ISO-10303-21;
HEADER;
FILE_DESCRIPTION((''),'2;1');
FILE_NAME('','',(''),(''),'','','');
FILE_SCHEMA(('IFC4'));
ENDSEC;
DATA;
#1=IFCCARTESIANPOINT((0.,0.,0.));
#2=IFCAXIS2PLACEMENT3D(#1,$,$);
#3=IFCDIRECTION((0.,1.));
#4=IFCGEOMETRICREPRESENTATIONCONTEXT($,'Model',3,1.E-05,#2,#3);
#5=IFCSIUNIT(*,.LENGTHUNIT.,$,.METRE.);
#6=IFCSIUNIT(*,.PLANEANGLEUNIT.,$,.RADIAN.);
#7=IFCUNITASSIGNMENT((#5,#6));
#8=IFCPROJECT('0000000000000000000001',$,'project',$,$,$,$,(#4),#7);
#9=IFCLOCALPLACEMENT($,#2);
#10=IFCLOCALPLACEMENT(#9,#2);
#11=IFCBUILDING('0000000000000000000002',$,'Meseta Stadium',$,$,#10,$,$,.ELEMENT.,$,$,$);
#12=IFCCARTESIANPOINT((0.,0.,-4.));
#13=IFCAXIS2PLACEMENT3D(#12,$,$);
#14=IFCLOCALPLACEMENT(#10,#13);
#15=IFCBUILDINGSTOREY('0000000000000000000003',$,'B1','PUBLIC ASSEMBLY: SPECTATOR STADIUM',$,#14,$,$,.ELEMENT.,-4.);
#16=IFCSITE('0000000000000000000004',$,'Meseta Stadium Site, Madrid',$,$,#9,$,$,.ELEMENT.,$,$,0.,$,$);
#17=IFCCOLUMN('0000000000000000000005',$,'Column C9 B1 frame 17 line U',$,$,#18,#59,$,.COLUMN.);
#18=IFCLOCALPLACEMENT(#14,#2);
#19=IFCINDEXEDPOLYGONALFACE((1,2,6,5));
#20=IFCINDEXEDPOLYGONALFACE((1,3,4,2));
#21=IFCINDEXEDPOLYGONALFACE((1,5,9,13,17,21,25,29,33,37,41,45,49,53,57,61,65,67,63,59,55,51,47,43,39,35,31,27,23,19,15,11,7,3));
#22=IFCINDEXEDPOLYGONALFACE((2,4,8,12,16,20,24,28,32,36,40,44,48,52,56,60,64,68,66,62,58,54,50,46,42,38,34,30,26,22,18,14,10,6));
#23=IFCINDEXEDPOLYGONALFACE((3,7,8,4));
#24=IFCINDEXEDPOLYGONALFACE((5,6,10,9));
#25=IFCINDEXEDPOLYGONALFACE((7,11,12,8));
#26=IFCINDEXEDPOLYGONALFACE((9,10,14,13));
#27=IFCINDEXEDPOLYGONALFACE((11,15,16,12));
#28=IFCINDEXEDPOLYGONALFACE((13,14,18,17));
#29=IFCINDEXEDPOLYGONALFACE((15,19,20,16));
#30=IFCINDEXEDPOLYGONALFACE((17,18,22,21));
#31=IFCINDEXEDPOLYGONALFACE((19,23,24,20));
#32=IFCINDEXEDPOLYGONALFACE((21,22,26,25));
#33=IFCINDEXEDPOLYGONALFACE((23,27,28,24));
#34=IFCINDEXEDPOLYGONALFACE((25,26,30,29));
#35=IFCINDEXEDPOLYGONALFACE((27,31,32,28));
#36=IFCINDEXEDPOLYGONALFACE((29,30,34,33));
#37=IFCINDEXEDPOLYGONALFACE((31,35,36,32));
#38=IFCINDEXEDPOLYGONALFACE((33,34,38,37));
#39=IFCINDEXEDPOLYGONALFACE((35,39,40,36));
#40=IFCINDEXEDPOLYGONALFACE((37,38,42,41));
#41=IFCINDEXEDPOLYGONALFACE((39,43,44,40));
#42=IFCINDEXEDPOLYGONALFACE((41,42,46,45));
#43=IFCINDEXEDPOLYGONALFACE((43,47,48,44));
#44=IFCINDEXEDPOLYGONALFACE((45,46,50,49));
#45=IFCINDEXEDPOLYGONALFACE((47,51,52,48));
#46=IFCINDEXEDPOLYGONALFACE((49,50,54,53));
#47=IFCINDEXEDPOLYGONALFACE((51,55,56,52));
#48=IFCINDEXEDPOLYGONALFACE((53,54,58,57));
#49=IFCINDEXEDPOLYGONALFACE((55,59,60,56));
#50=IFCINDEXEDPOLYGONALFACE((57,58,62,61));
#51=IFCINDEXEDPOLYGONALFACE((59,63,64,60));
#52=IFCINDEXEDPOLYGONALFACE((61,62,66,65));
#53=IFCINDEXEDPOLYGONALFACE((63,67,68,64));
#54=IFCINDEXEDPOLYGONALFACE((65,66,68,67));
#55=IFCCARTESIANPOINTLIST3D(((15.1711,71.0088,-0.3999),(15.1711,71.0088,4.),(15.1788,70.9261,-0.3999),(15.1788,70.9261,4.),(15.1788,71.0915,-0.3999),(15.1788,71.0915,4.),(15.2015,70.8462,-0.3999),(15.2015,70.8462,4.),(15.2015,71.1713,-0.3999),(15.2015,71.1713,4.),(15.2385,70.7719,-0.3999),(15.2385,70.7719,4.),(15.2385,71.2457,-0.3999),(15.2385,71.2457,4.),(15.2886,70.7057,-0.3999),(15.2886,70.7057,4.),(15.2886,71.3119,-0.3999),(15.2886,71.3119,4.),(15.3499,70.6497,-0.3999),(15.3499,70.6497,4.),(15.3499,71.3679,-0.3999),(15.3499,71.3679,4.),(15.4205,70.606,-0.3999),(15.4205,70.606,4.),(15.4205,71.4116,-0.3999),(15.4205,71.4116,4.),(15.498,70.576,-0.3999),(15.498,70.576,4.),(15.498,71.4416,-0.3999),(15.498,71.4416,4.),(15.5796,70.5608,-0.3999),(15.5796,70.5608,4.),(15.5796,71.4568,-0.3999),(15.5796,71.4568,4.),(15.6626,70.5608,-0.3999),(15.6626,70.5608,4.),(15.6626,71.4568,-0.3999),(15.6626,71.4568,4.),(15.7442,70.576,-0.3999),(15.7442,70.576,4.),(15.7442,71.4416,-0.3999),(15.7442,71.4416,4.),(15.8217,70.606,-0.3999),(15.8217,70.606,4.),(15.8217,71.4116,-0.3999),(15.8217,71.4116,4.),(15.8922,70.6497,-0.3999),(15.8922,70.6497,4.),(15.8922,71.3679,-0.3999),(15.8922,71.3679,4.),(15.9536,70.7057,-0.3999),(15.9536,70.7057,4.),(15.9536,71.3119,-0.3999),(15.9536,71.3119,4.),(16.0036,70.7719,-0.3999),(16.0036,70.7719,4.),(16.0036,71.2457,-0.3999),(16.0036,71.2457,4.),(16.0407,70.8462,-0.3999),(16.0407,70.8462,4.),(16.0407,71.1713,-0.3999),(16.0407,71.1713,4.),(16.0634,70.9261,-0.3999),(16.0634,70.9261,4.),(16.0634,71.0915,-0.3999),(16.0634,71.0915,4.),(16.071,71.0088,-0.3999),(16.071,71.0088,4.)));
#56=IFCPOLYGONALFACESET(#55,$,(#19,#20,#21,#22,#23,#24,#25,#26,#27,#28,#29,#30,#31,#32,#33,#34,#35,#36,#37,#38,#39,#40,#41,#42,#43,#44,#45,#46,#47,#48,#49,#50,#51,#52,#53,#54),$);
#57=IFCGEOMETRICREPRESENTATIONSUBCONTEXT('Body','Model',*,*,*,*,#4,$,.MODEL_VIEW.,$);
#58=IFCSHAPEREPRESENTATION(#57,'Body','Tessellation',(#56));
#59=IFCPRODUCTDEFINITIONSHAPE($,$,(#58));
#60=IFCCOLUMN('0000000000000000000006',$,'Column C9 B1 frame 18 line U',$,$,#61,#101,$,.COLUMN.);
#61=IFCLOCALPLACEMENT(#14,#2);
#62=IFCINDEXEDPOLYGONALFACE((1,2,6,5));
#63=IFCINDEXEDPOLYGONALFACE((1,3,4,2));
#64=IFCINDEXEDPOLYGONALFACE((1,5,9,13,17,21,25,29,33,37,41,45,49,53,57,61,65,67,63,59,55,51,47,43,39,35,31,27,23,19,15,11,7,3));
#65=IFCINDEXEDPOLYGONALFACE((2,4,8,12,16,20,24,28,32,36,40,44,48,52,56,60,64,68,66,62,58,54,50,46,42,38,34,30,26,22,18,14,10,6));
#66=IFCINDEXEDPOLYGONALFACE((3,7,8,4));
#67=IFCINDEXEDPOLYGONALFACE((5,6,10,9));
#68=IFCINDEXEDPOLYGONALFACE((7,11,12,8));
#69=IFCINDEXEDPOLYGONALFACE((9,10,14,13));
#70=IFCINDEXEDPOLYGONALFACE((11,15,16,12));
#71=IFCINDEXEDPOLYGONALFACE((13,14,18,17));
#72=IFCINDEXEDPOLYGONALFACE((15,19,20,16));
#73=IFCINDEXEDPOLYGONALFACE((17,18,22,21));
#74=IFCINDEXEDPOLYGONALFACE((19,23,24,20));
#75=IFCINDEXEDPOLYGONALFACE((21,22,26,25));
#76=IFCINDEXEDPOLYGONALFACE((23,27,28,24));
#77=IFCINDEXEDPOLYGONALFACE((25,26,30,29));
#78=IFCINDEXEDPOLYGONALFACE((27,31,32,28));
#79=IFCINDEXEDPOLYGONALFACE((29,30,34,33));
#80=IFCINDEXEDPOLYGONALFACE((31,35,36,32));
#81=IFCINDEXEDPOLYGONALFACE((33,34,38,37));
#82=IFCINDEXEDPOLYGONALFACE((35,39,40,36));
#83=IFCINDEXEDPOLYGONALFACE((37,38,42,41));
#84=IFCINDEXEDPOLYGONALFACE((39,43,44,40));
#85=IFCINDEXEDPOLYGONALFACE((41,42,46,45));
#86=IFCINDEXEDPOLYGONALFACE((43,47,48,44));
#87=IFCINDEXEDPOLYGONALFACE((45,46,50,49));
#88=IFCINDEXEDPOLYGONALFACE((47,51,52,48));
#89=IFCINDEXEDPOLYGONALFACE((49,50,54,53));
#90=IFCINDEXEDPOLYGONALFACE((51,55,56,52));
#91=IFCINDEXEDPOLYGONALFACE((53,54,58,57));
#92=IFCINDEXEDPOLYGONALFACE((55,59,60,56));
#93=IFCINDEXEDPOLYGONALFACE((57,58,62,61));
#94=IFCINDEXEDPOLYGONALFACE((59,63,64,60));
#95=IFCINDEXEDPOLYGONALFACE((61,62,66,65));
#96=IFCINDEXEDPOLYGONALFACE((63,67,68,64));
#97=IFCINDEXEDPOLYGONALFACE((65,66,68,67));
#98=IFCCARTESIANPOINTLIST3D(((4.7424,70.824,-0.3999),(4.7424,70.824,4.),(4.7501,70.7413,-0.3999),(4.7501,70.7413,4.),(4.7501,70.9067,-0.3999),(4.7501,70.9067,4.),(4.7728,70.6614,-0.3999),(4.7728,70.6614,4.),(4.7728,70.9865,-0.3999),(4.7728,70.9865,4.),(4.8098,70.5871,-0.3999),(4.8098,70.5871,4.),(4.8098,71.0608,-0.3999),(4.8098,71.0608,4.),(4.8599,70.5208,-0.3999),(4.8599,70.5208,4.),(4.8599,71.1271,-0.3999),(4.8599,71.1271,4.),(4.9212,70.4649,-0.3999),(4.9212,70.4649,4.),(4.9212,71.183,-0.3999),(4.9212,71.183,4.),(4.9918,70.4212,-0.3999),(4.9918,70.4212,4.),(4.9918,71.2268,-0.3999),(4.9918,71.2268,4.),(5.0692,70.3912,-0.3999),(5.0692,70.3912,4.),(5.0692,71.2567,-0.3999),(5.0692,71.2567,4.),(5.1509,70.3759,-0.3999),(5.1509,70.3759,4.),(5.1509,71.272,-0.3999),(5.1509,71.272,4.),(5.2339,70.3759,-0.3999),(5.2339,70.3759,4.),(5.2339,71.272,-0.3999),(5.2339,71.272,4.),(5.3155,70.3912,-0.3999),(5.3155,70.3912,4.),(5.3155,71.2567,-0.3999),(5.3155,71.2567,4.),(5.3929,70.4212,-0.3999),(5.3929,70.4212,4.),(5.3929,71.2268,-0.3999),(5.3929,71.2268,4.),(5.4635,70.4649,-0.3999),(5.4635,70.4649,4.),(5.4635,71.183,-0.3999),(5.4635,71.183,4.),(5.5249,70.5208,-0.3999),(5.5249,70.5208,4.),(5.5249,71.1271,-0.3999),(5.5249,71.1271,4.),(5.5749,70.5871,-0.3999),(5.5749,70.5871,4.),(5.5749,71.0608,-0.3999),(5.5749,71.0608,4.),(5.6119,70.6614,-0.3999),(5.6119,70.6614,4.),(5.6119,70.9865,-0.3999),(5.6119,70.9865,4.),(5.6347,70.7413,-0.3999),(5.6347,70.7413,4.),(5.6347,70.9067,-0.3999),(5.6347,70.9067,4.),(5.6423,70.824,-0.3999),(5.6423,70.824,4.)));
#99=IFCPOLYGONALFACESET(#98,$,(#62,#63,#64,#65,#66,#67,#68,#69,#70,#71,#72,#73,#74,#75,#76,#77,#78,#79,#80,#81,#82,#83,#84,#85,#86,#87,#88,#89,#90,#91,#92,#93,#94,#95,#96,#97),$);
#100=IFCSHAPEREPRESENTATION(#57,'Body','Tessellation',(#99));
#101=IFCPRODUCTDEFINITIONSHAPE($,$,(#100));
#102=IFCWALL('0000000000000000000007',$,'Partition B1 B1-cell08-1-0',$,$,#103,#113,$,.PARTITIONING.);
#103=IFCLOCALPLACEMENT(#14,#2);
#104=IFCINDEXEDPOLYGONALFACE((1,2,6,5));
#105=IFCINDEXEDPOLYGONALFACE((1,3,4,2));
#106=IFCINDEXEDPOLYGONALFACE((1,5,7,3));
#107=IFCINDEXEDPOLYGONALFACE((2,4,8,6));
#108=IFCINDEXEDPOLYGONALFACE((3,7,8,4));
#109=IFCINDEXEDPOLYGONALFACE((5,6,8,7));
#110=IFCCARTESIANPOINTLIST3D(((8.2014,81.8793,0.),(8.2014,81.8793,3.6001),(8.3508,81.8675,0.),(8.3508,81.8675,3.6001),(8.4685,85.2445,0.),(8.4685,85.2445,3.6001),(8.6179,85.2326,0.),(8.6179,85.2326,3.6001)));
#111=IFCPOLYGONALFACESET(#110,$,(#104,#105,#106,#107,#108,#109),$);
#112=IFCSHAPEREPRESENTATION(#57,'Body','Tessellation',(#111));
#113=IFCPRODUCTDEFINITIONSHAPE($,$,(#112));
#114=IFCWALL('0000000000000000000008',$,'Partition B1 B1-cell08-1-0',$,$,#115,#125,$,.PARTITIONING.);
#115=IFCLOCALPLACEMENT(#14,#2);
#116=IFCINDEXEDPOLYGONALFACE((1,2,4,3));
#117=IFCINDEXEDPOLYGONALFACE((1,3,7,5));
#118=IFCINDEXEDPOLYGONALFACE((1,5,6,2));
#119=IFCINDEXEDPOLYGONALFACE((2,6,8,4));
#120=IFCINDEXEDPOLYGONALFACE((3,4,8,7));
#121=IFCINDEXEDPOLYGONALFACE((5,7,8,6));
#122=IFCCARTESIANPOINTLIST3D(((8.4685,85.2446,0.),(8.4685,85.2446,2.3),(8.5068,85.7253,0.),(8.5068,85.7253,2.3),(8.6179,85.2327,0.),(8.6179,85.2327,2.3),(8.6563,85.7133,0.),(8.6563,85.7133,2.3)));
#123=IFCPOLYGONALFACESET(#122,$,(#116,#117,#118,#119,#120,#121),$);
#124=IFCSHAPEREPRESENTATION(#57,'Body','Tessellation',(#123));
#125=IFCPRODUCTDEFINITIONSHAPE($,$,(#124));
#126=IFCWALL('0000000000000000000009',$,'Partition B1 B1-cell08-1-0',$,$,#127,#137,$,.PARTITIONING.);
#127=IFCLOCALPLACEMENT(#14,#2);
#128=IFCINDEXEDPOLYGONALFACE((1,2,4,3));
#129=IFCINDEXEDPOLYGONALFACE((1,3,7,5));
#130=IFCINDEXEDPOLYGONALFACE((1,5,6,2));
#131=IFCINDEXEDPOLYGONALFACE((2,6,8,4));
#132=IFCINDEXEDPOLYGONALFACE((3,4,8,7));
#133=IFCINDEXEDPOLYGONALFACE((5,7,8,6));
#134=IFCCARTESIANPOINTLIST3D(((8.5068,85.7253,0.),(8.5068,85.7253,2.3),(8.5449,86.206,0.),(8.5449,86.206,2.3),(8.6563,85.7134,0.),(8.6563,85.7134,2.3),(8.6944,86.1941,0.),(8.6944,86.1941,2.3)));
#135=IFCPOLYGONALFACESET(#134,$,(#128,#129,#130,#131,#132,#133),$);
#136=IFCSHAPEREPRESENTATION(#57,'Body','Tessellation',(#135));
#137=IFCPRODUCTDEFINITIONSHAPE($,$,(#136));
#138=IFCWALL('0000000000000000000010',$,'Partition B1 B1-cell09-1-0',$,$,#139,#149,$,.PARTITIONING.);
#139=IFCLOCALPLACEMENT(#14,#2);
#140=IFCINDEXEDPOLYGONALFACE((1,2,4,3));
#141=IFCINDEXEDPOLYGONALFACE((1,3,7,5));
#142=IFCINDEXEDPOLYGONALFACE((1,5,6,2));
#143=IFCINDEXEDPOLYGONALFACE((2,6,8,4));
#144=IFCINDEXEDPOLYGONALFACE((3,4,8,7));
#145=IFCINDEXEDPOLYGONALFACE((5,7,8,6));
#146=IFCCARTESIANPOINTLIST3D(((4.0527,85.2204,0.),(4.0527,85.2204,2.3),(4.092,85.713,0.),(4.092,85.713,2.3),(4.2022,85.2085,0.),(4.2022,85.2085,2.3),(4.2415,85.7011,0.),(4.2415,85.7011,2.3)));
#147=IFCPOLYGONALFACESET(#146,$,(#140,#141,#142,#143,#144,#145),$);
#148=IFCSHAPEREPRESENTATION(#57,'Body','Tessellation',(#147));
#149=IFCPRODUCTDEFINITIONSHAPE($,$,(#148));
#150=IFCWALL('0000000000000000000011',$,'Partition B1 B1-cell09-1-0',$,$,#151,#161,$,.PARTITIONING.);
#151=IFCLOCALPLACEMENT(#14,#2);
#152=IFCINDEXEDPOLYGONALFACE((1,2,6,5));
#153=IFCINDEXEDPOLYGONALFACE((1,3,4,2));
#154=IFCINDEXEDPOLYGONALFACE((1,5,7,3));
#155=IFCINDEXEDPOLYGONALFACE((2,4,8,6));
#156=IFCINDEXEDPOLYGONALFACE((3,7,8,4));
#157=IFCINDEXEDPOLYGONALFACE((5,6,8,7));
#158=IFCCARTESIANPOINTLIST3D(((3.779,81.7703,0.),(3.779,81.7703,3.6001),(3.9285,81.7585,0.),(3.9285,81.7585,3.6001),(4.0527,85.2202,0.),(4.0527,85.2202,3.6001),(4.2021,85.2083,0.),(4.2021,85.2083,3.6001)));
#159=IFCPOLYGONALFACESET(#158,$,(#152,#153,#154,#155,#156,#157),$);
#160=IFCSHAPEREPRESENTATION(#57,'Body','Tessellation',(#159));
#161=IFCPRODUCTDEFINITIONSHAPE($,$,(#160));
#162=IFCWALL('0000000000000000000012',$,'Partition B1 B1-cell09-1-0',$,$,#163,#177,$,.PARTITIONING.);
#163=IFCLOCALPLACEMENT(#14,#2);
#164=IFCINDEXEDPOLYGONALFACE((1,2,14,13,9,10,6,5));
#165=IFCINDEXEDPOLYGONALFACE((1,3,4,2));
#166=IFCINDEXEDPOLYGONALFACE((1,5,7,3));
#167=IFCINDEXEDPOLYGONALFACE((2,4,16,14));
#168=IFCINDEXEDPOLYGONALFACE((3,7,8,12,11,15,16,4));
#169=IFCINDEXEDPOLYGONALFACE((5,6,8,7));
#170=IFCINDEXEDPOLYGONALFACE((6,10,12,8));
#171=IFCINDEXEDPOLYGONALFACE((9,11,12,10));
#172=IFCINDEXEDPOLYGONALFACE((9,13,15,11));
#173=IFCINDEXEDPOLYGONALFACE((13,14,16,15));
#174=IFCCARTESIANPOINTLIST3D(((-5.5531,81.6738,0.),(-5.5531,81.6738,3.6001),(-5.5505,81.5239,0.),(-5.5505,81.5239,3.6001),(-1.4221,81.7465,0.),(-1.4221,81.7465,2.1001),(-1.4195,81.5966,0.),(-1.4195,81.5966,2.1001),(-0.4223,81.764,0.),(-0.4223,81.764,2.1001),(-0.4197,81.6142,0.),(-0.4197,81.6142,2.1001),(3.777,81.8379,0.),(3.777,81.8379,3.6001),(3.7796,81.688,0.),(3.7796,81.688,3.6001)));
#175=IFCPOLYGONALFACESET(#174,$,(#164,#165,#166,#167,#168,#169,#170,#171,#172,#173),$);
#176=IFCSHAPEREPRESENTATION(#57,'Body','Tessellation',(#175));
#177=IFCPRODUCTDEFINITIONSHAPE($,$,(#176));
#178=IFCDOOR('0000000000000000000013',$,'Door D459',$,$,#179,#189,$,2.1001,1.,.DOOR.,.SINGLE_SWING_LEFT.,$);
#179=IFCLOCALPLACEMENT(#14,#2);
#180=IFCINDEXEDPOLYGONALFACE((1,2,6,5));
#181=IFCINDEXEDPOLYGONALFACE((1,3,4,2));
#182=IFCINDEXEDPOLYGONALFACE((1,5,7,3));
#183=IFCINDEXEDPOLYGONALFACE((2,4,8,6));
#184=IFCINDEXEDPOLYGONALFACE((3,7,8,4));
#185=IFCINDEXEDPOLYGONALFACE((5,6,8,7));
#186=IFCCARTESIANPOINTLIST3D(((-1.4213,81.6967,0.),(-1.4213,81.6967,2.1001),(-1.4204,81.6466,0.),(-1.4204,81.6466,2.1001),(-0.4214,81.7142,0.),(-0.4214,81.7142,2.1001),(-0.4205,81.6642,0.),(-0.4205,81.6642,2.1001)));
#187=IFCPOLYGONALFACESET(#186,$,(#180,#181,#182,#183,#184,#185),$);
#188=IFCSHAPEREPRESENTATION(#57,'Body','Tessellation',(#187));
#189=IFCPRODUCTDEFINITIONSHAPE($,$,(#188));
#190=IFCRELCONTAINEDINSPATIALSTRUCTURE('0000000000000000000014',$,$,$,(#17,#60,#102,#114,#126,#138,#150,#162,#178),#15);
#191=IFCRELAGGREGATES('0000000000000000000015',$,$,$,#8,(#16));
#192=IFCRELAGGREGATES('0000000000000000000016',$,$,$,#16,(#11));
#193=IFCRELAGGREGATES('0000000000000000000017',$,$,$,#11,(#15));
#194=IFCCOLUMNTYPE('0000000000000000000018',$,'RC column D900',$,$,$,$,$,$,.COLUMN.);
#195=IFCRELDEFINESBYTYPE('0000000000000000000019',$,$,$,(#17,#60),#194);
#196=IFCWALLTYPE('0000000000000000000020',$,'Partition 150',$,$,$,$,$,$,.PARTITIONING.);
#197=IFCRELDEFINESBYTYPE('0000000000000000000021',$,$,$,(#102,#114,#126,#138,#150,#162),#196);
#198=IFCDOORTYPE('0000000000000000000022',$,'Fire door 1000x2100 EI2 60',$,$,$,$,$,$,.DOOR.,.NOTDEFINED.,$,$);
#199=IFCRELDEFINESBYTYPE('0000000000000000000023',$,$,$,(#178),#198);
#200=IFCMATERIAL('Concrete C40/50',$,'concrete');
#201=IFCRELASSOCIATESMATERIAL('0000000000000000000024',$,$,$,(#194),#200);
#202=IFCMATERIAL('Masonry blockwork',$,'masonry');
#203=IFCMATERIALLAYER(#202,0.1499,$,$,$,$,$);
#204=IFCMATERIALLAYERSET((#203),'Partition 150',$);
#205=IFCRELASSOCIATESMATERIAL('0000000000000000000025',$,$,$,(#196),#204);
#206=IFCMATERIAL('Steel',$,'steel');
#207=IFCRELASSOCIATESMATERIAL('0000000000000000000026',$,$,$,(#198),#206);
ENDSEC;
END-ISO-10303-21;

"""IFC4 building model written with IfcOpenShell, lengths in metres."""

from ifc_helpers import new_model, si_unit, direction, frame, frame_2d, origin, origin_2d, place, context, subcontext, project, spatial, rectangle, circle, extrude, material, layer, layer_set, material_profile, profile_set, type_object, element, fill, save


model = new_model("IFC4")

# Units and contexts
model_context = context("Model", 3, precision=1e-05, world=origin(), true_north=direction((0.0, 1.0)))
body_context = subcontext(model_context, "Body", "Model", "MODEL_VIEW")
ifc_project = project(units=[si_unit("LENGTHUNIT", "METRE"), si_unit("PLANEANGLEUNIT", "RADIAN")], contexts=[model_context])

# Site, building, storey
site_placement = place(None, origin())
site = spatial("IfcSite", under=ifc_project, at=site_placement, Name="Meseta Stadium Site, Madrid", CompositionType="ELEMENT", RefElevation=0.0)
building_placement = place(site_placement, origin())
building = spatial("IfcBuilding", under=site, at=building_placement, Name="Meseta Stadium", CompositionType="ELEMENT")
storey_placement = place(building_placement, frame((0.0, 0.0, -4.0)))
storey = spatial("IfcBuildingStorey", under=building, at=storey_placement, Name="B1", Description="PUBLIC ASSEMBLY: SPECTATOR STADIUM", CompositionType="ELEMENT", Elevation=-4.0)

# Columns
ifc_material_1 = material(Name="Concrete C40/50", Category="concrete")
ifc_material_profile_1 = material_profile(ifc_material_1, circle(Radius=0.45, at=origin_2d()), Name="RC D900")
ifc_profile_set_1 = profile_set([ifc_material_profile_1], Name="Concrete C40/50")
column_type_1 = type_object("IfcColumnType", Name="RC column D900", PredefinedType="COLUMN", material=ifc_profile_set_1)
for number, where, z_axis, x_axis, name in (
    (1, (15.6211, 71.0088, -0.3999), (0.0, 0.0, 1.0), (1.0, 0.0, 0.0), "Column C9 B1 frame 17 line U"),
    (2, (5.1924, 70.824, -0.3999), (0.0, 0.0, 1.0), (1.0, 0.0, 0.0), "Column C9 B1 frame 18 line U"),
):
    element("IfcColumn", number, at=place(storey_placement, frame(where, z_axis=z_axis, x_axis=x_axis)), inside=storey, type_object=column_type_1, Name=name, PredefinedType="COLUMN", context=body_context, shape_type="SweptSolid", body=[
        extrude(circle(Radius=0.45, at=origin_2d()), origin(), (0.0, 0.0, 1.0), 4.3999),
    ])

# Walls
ifc_material_2 = material(Name="Masonry blockwork", Category="masonry")
ifc_layer = layer(ifc_material_2, 0.1499)
ifc_layer_set = layer_set([ifc_layer], Name="Partition 150")
wall_type = type_object("IfcWallType", Name="Partition 150", PredefinedType="PARTITIONING", material=ifc_layer_set)
wall_1_placement = place(storey_placement, frame((8.2761, 81.8733, 0.0), z_axis=(0.0, 0.0, 1.0), x_axis=(0.079119, 0.996865, 0.0)))
element("IfcWall", 3, at=wall_1_placement, inside=storey, type_object=wall_type, Name="Partition B1 B1-cell08-1-0", PredefinedType="PARTITIONING", context=body_context, shape_type="SweptSolid", body=[
    extrude(rectangle(XDim=3.3757, YDim=0.1499, at=frame_2d((1.688, 0.0))), origin(), (0.0, 0.0, 1.0), 3.6001),
])
for number, where, z_axis, x_axis, name in (
    (4, (8.5432, 85.2385, 0.0), (0.0, 0.0, 1.0), (0.079484, 0.996836, 0.0), "Partition B1 B1-cell08-1-0"),
    (5, (8.5815, 85.7192, 0.0), (0.0, 0.0, 1.0), (0.078981, 0.996876, 0.0), "Partition B1 B1-cell08-1-0"),
):
    element("IfcWall", number, at=place(storey_placement, frame(where, z_axis=z_axis, x_axis=x_axis)), inside=storey, type_object=wall_type, Name=name, PredefinedType="PARTITIONING", context=body_context, shape_type="SweptSolid", body=[
        extrude(rectangle(XDim=0.4822, YDim=0.1499, at=frame_2d((0.2412, 0.0))), origin(), (0.0, 0.0, 1.0), 2.3),
    ])
wall_2_placement = place(storey_placement, frame((4.1667, 85.707, 0.0), z_axis=(0.0, 0.0, 1.0), x_axis=(-0.079529, -0.996833, 0.0)))
element("IfcWall", 6, at=wall_2_placement, inside=storey, type_object=wall_type, Name="Partition B1 B1-cell09-1-0", PredefinedType="PARTITIONING", context=body_context, shape_type="SweptSolid", body=[
    extrude(rectangle(XDim=0.4941, YDim=0.1499, at=frame_2d((0.2471, 0.0))), origin(), (0.0, 0.0, 1.0), 2.3),
])
wall_3_placement = place(storey_placement, frame((4.1274, 85.2144, 0.0), z_axis=(0.0, 0.0, 1.0), x_axis=(-0.079081, -0.996868, 0.0)))
element("IfcWall", 7, at=wall_3_placement, inside=storey, type_object=wall_type, Name="Partition B1 B1-cell09-1-0", PredefinedType="PARTITIONING", context=body_context, shape_type="SweptSolid", body=[
    extrude(rectangle(XDim=3.4607, YDim=0.1499, at=frame_2d((1.7305, 0.0))), origin(), (0.0, 0.0, 1.0), 3.6001),
])

# Wall, opening, door
wall_4_placement = place(storey_placement, frame((3.7783, 81.7629, 0.0), z_axis=(0.0, 0.0, 1.0), x_axis=(-0.999845, -0.017582, 0.0)))
wall_4 = element("IfcWall", 8, at=wall_4_placement, inside=storey, type_object=wall_type, Name="Partition B1 B1-cell09-1-0", PredefinedType="PARTITIONING", context=body_context, shape_type="SweptSolid", body=[
    extrude(rectangle(XDim=9.3315, YDim=0.1499, at=frame_2d((4.6658, 0.0))), origin(), (0.0, 0.0, 1.0), 3.6001),
])
opening_placement = place(wall_4_placement, frame((4.2, 0.0, 0.0)))
opening = element("IfcOpeningElement", 9, at=opening_placement, cuts=wall_4, PredefinedType="OPENING", context=body_context, shape_type="SweptSolid", body=[
    extrude(rectangle(XDim=1.0, YDim=2.1001, at=frame_2d((0.5, 1.05))), frame((0.0, 0.085, 0.0), z_axis=(0.0, -1.0, 0.0), x_axis=(1.0, 0.0, 0.0)), (0.0, 0.0, 1.0), 0.1699),
])
ifc_material_3 = material(Name="Steel", Category="steel")
door_type = type_object("IfcDoorType", Name="Fire door 1000x2100 EI2 60", OperationType="NOTDEFINED", PredefinedType="DOOR", material=ifc_material_3)
door_placement = place(opening_placement, origin())
door = element("IfcDoor", 10, at=door_placement, inside=storey, type_object=door_type, Name="Door D459", OperationType="SINGLE_SWING_LEFT", OverallHeight=2.1001, OverallWidth=1.0, PredefinedType="DOOR", context=body_context, shape_type="SweptSolid", body=[
    extrude(rectangle(XDim=1.0, YDim=2.1001, at=frame_2d((0.5, 1.05))), frame((0.0, 0.0249, 0.0), z_axis=(0.0, -1.0, 0.0), x_axis=(1.0, 0.0, 0.0)), (0.0, 0.0, 1.0), 0.05),
])
fill(opening, door)

save(model, "model.ifc")
